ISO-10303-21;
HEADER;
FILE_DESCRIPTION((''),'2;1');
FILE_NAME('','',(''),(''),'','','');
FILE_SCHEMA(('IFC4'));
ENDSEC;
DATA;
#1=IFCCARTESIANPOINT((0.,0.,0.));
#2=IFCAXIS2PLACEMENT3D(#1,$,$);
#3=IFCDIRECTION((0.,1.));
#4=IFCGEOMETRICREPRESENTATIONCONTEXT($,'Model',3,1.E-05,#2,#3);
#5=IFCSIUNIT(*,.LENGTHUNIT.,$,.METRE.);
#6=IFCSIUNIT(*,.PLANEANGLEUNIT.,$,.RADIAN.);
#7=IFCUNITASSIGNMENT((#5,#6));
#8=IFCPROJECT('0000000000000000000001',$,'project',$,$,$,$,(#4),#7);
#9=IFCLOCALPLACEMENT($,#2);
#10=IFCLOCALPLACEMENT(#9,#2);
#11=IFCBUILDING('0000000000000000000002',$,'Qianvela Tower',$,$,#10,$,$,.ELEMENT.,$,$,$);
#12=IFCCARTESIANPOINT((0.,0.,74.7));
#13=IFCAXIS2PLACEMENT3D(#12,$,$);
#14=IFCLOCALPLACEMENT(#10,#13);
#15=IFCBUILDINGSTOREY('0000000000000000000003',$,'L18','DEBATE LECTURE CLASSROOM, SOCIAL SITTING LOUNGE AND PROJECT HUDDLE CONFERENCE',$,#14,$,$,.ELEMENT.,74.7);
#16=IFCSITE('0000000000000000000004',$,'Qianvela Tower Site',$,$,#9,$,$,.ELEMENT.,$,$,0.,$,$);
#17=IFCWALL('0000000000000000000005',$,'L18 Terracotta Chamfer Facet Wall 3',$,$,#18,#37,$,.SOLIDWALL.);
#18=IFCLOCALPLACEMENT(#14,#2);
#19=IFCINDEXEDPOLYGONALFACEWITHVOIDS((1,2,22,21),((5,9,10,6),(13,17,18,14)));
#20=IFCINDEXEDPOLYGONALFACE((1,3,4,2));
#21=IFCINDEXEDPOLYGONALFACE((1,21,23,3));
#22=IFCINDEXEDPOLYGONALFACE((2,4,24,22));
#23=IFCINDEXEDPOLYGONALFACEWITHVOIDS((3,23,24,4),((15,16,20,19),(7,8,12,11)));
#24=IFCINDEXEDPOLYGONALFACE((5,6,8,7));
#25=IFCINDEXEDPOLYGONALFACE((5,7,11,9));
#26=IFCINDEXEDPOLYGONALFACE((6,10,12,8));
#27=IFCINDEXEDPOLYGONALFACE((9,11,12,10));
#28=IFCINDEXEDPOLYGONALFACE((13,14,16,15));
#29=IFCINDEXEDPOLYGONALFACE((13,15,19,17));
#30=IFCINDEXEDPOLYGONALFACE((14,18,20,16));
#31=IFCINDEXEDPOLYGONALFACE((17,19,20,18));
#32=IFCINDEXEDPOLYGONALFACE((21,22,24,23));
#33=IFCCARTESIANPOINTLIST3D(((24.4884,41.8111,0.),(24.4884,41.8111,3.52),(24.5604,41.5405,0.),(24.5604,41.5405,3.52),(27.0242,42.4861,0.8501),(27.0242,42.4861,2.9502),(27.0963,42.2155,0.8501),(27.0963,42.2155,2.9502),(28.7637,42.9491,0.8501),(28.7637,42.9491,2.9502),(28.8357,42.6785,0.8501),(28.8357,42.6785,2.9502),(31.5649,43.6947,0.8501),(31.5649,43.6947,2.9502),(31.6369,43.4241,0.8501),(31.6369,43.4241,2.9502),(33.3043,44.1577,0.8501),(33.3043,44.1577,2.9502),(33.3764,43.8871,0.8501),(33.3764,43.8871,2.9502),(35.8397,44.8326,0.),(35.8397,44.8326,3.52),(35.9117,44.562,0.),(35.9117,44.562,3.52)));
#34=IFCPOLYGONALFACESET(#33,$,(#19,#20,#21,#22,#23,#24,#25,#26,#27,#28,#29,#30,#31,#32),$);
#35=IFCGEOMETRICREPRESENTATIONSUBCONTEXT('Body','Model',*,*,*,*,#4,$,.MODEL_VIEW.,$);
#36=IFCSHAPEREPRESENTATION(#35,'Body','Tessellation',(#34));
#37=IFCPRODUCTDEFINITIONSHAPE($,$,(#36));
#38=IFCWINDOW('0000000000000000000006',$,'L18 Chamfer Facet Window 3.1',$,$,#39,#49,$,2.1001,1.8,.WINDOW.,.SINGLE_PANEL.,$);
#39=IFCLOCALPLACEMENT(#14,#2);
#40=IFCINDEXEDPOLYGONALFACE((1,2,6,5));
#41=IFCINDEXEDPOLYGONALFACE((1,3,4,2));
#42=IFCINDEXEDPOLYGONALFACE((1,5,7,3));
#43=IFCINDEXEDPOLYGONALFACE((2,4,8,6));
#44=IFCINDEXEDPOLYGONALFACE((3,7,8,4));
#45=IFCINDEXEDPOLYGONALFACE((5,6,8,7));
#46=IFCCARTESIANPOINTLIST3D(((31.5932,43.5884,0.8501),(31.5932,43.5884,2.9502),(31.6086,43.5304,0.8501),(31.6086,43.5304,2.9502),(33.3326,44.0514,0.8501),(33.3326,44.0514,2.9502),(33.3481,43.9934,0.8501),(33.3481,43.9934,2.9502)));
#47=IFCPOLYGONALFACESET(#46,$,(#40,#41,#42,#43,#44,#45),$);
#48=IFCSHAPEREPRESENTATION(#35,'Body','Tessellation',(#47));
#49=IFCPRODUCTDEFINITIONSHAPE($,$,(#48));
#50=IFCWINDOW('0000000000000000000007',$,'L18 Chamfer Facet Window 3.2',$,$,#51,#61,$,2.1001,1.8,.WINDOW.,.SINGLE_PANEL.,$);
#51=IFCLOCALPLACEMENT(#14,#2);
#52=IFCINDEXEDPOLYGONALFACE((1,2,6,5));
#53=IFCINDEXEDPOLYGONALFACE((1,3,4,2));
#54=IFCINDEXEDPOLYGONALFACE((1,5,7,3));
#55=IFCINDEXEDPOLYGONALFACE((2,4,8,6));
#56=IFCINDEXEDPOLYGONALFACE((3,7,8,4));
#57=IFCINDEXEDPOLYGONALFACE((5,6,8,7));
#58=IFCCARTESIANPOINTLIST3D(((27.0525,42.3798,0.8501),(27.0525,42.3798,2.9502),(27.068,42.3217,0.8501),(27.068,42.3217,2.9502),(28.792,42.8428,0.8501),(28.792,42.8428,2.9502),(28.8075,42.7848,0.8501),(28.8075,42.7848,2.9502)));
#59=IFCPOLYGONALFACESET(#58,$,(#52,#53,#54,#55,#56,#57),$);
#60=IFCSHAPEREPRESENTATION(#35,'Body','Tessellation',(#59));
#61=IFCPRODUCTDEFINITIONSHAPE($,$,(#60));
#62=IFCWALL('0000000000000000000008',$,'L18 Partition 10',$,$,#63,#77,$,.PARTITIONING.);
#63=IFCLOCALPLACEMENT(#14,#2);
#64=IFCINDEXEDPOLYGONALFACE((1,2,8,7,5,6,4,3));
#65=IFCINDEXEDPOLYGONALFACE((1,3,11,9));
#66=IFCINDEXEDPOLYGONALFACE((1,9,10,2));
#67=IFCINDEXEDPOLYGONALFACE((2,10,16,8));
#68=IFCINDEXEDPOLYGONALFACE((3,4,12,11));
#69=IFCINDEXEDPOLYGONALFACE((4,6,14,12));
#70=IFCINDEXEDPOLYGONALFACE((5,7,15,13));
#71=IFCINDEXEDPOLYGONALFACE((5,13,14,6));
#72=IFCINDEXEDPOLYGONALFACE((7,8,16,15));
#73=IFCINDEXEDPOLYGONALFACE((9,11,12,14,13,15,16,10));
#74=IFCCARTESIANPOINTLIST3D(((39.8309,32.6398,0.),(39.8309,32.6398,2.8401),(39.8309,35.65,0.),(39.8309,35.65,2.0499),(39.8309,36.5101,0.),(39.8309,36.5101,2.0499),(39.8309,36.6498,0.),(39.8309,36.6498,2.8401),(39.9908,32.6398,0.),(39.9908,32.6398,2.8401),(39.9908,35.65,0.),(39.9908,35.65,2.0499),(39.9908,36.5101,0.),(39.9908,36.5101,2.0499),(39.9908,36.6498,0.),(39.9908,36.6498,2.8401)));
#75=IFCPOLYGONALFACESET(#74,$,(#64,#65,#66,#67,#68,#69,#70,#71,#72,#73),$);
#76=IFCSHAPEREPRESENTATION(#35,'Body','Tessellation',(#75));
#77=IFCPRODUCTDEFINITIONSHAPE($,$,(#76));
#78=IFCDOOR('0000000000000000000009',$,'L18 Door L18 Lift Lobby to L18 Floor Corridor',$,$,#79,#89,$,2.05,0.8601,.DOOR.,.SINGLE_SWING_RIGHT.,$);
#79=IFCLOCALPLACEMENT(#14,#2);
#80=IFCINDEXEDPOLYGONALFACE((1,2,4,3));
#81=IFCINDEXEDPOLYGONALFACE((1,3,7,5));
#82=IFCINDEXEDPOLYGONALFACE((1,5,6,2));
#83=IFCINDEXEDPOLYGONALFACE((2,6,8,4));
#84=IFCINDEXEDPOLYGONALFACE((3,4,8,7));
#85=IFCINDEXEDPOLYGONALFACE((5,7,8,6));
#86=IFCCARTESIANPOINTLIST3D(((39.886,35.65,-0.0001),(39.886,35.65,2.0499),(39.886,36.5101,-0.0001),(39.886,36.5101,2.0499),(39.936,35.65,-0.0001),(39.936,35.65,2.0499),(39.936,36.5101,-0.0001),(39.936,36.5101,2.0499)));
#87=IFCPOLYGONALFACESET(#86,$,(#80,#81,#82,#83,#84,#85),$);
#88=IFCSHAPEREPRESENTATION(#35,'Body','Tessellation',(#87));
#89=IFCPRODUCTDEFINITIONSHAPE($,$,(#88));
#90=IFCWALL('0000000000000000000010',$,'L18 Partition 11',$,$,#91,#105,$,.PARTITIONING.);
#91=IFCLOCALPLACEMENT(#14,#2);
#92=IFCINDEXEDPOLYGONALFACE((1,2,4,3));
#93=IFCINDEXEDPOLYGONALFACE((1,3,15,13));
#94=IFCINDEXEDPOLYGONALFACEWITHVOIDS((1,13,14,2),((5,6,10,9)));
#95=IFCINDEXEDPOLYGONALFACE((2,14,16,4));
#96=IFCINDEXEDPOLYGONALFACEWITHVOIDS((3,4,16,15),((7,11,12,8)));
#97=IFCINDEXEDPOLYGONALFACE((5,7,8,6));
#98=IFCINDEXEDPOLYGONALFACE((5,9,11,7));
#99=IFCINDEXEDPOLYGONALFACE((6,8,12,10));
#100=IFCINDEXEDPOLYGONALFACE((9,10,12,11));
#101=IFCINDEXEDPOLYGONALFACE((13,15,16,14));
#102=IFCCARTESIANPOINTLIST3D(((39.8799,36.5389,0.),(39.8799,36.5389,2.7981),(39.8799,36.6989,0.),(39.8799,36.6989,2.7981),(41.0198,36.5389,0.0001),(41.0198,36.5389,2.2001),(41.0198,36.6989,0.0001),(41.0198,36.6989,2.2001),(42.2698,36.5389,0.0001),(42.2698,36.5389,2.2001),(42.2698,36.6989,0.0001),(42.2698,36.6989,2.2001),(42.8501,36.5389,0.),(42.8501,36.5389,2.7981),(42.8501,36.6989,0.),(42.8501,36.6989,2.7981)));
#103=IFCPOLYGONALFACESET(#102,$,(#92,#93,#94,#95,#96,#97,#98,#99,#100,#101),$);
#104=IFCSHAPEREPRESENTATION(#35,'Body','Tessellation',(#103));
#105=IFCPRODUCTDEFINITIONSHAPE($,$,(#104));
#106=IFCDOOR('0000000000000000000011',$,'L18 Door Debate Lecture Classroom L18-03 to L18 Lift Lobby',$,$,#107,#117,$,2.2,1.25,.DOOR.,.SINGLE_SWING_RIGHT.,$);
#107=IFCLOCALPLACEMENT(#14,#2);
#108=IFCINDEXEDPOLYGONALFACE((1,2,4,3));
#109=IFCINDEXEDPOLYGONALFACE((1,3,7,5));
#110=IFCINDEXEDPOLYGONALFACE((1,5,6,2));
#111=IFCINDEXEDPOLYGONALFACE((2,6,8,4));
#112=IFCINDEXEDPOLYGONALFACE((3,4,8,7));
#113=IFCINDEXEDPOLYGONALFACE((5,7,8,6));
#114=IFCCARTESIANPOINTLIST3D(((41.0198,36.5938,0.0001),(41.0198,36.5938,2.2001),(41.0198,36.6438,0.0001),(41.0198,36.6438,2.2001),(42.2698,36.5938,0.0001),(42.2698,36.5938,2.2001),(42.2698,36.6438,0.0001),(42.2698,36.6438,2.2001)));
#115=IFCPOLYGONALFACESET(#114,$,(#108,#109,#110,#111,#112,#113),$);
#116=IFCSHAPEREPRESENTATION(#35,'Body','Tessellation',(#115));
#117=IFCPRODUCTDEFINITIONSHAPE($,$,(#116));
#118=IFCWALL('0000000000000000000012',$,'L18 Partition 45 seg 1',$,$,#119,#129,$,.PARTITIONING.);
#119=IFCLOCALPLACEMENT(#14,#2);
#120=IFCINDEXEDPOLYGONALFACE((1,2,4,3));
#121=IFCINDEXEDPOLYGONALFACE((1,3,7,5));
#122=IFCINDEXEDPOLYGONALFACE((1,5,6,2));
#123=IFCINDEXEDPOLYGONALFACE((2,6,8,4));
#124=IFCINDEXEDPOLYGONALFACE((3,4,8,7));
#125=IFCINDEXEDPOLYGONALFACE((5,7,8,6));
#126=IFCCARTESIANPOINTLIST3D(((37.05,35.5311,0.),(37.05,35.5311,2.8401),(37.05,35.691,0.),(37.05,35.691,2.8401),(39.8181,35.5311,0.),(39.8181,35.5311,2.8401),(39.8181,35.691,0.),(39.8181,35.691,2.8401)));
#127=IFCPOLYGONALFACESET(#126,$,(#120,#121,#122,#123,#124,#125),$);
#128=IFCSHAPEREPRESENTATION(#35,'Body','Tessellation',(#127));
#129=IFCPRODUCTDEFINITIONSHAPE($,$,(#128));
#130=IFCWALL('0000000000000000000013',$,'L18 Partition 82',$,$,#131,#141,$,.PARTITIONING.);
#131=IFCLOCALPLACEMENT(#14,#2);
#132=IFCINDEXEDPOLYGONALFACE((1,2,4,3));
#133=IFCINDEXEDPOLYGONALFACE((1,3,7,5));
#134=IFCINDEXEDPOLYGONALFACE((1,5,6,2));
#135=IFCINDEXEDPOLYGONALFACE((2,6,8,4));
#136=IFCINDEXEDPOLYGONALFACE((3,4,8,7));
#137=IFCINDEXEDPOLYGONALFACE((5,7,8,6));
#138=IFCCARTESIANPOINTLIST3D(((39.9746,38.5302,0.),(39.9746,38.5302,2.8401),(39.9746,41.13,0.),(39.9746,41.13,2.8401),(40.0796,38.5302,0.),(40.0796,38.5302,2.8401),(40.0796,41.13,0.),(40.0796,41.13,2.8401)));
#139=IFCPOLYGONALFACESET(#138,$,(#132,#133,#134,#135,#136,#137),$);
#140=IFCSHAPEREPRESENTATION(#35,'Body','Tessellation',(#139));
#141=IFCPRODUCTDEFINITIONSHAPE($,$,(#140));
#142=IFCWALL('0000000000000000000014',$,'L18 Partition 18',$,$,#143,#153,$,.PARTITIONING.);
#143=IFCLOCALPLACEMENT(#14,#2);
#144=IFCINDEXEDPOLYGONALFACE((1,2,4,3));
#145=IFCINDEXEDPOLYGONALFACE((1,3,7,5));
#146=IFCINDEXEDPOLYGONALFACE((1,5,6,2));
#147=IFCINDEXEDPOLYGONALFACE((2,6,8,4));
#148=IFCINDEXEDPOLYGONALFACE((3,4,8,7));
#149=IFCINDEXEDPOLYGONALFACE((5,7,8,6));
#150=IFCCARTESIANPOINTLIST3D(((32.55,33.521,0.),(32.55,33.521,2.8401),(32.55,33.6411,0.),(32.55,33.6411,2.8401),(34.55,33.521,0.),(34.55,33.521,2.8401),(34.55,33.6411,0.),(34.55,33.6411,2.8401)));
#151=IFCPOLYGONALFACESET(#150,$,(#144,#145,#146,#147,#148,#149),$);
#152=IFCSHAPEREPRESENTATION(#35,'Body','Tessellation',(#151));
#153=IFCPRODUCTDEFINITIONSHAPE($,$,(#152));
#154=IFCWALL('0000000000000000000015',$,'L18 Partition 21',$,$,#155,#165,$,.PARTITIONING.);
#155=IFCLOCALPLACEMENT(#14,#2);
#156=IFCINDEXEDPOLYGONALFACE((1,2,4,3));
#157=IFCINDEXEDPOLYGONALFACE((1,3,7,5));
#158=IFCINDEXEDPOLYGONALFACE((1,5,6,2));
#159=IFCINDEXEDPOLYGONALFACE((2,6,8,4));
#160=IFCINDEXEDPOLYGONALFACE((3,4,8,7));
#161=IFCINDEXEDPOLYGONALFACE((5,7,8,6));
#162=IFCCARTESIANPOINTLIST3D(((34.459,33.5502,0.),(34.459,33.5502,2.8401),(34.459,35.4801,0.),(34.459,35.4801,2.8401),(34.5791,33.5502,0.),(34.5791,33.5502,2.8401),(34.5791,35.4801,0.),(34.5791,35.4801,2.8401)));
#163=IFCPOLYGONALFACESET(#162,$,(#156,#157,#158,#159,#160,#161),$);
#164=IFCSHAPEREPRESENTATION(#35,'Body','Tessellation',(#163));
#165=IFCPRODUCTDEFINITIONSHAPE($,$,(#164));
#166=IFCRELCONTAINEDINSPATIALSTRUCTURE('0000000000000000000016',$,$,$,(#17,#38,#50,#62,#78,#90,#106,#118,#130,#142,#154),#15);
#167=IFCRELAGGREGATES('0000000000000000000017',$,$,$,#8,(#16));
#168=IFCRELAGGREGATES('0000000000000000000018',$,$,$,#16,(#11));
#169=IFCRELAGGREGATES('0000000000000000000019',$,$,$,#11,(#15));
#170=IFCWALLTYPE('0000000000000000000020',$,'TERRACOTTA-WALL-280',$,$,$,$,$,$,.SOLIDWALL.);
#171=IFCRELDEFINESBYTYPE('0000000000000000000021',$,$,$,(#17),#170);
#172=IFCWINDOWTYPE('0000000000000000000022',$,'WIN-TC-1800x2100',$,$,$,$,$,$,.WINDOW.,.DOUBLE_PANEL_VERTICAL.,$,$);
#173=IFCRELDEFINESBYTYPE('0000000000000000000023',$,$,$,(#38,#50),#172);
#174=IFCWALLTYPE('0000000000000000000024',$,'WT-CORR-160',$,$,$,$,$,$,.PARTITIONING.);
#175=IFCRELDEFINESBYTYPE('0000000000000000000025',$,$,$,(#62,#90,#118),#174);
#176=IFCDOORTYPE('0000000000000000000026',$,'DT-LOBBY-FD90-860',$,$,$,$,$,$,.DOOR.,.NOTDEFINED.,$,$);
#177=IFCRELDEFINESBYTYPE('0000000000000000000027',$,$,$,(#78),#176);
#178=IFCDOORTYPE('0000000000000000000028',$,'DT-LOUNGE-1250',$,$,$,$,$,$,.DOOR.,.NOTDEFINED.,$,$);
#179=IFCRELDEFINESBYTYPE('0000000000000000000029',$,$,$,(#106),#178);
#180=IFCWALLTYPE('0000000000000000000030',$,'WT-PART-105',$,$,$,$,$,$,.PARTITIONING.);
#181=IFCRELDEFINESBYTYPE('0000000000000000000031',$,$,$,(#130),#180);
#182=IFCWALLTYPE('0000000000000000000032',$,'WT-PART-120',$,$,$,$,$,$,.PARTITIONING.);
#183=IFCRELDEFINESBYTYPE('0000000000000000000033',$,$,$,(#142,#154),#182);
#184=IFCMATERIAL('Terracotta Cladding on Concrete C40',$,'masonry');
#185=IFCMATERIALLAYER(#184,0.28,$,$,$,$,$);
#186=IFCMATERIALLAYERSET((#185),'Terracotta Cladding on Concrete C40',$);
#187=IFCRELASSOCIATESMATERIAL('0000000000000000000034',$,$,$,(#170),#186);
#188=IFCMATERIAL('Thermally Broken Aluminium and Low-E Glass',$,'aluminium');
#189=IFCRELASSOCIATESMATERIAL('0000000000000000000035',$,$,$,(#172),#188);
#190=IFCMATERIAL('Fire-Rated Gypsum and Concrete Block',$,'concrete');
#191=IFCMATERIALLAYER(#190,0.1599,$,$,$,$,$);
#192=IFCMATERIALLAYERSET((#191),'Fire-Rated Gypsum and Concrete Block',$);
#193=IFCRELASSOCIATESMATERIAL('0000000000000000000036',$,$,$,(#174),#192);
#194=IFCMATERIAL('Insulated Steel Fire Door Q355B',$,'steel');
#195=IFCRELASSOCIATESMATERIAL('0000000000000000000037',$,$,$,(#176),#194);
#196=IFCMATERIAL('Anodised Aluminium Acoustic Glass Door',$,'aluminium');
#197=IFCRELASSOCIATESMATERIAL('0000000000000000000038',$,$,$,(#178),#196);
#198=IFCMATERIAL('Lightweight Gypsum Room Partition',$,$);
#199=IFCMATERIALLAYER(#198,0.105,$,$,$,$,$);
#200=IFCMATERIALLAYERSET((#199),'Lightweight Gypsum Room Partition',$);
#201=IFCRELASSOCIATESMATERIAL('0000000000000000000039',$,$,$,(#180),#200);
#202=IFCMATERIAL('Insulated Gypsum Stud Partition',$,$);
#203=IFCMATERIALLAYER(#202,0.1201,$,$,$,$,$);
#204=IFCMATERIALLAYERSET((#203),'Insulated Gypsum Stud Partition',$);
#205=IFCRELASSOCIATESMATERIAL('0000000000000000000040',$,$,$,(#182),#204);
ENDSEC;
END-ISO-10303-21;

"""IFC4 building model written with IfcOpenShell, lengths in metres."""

from ifc_helpers import new_model, si_unit, direction, frame, frame_2d, origin, place, context, subcontext, project, spatial, rectangle, extrude, material, layer, layer_set, type_object, element, fill, save


model = new_model("IFC4")

# Units and contexts
model_context = context("Model", 3, precision=1e-05, world=origin(), true_north=direction((0.0, 1.0)))
body_context = subcontext(model_context, "Body", "Model", "MODEL_VIEW")
ifc_project = project(units=[si_unit("LENGTHUNIT", "METRE"), si_unit("PLANEANGLEUNIT", "RADIAN")], contexts=[model_context])

# Site, building, storey
site_placement = place(None, origin())
site = spatial("IfcSite", under=ifc_project, at=site_placement, Name="Qianvela Tower Site", CompositionType="ELEMENT", RefElevation=0.0)
building_placement = place(site_placement, origin())
building = spatial("IfcBuilding", under=site, at=building_placement, Name="Qianvela Tower", CompositionType="ELEMENT")
storey_placement = place(building_placement, frame((0.0, 0.0, 74.7)))
storey = spatial("IfcBuildingStorey", under=building, at=storey_placement, Name="L18", Description="DEBATE LECTURE CLASSROOM, SOCIAL SITTING LOUNGE AND PROJECT HUDDLE CONFERENCE", CompositionType="ELEMENT", Elevation=74.7)

# Wall, openings, windows
ifc_material_1 = material(Name="Terracotta Cladding on Concrete C40", Category="masonry")
ifc_layer_1 = layer(ifc_material_1, 0.28)
ifc_layer_set_1 = layer_set([ifc_layer_1], Name="Terracotta Cladding on Concrete C40")
wall_type_1 = type_object("IfcWallType", Name="TERRACOTTA-WALL-280", PredefinedType="SOLIDWALL", material=ifc_layer_set_1)
wall_1_placement = place(storey_placement, frame((35.8757, 44.6973, 0.0), z_axis=(0.0, 0.0, 1.0), x_axis=(-0.966352, -0.257223, 0.0)))
wall_1 = element("IfcWall", 1, at=wall_1_placement, inside=storey, type_object=wall_type_1, Name="L18 Terracotta Chamfer Facet Wall 3", PredefinedType="SOLIDWALL", context=body_context, shape_type="SweptSolid", body=[
    extrude(rectangle(XDim=11.7466, YDim=0.28, at=frame_2d((5.8733, 0.0))), origin(), (0.0, 0.0, 1.0), 3.52),
])
opening_1_placement = place(wall_1_placement, frame((2.6238, 0.0, 0.8501)))
opening_1 = element("IfcOpeningElement", 2, at=opening_1_placement, cuts=wall_1, PredefinedType="OPENING", context=body_context, shape_type="SweptSolid", body=[
    extrude(rectangle(XDim=1.8, YDim=2.1001, at=frame_2d((0.8999, 1.05))), frame((0.0, 0.1499, 0.0), z_axis=(0.0, -1.0, 0.0), x_axis=(1.0, 0.0, 0.0)), (0.0, 0.0, 1.0), 0.3),
])
opening_2_placement = place(wall_1_placement, frame((7.3225, 0.0, 0.8501)))
opening_2 = element("IfcOpeningElement", 3, at=opening_2_placement, cuts=wall_1, PredefinedType="OPENING", context=body_context, shape_type="SweptSolid", body=[
    extrude(rectangle(XDim=1.8, YDim=2.1001, at=frame_2d((0.8999, 1.05))), frame((0.0, 0.1499, 0.0), z_axis=(0.0, -1.0, 0.0), x_axis=(1.0, 0.0, 0.0)), (0.0, 0.0, 1.0), 0.3),
])
ifc_material_2 = material(Name="Thermally Broken Aluminium and Low-E Glass", Category="aluminium")
window_type = type_object("IfcWindowType", Name="WIN-TC-1800x2100", PartitioningType="DOUBLE_PANEL_VERTICAL", PredefinedType="WINDOW", material=ifc_material_2)
window_1_placement = place(opening_1_placement, origin())
window_1 = element("IfcWindow", 4, at=window_1_placement, inside=storey, type_object=window_type, Name="L18 Chamfer Facet Window 3.1", OverallHeight=2.1001, OverallWidth=1.8, PartitioningType="SINGLE_PANEL", PredefinedType="WINDOW", context=body_context, shape_type="SweptSolid", body=[
    extrude(rectangle(XDim=1.8, YDim=2.1001, at=frame_2d((0.8999, 1.05))), frame((0.0, 0.03, 0.0), z_axis=(0.0, -1.0, 0.0), x_axis=(1.0, 0.0, 0.0)), (0.0, 0.0, 1.0), 0.0601),
])
fill(opening_1, window_1)
window_2_placement = place(opening_2_placement, origin())
window_2 = element("IfcWindow", 5, at=window_2_placement, inside=storey, type_object=window_type, Name="L18 Chamfer Facet Window 3.2", OverallHeight=2.1001, OverallWidth=1.8, PartitioningType="SINGLE_PANEL", PredefinedType="WINDOW", context=body_context, shape_type="SweptSolid", body=[
    extrude(rectangle(XDim=1.8, YDim=2.1001, at=frame_2d((0.8999, 1.05))), frame((0.0, 0.03, 0.0), z_axis=(0.0, -1.0, 0.0), x_axis=(1.0, 0.0, 0.0)), (0.0, 0.0, 1.0), 0.0601),
])
fill(opening_2, window_2)

# Walls, openings, doors
ifc_material_3 = material(Name="Fire-Rated Gypsum and Concrete Block", Category="concrete")
ifc_layer_2 = layer(ifc_material_3, 0.1599)
ifc_layer_set_2 = layer_set([ifc_layer_2], Name="Fire-Rated Gypsum and Concrete Block")
wall_type_2 = type_object("IfcWallType", Name="WT-CORR-160", PredefinedType="PARTITIONING", material=ifc_layer_set_2)
wall_2_placement = place(storey_placement, frame((39.9109, 32.6399, 0.0), z_axis=(0.0, 0.0, 1.0), x_axis=(0.0, 1.0, 0.0)))
wall_2 = element("IfcWall", 6, at=wall_2_placement, inside=storey, type_object=wall_type_2, Name="L18 Partition 10", PredefinedType="PARTITIONING", context=body_context, shape_type="SweptSolid", body=[
    extrude(rectangle(XDim=4.01, YDim=0.1599, at=frame_2d((2.0049, 0.0))), origin(), (0.0, 0.0, 1.0), 2.8401),
])
opening_3_placement = place(wall_2_placement, frame((3.01, 0.0, 0.0)))
opening_3 = element("IfcOpeningElement", 7, at=opening_3_placement, cuts=wall_2, PredefinedType="OPENING", context=body_context, shape_type="SweptSolid", body=[
    extrude(rectangle(XDim=0.8601, YDim=2.05, at=frame_2d((0.4302, 1.0249))), frame((0.0, 0.0898, 0.0), z_axis=(0.0, -1.0, 0.0), x_axis=(1.0, 0.0, 0.0)), (0.0, 0.0, 1.0), 0.1799),
])
ifc_material_4 = material(Name="Insulated Steel Fire Door Q355B", Category="steel")
door_type_1 = type_object("IfcDoorType", Name="DT-LOBBY-FD90-860", OperationType="NOTDEFINED", PredefinedType="DOOR", material=ifc_material_4)
door_1_placement = place(opening_3_placement, origin())
door_1 = element("IfcDoor", 8, at=door_1_placement, inside=storey, type_object=door_type_1, Name="L18 Door L18 Lift Lobby to L18 Floor Corridor", OperationType="SINGLE_SWING_RIGHT", OverallHeight=2.05, OverallWidth=0.8601, PredefinedType="DOOR", context=body_context, shape_type="SweptSolid", body=[
    extrude(rectangle(XDim=0.8601, YDim=2.05, at=frame_2d((0.4302, 1.0249))), frame((0.0, 0.0249, 0.0), z_axis=(0.0, -1.0, 0.0), x_axis=(1.0, 0.0, 0.0)), (0.0, 0.0, 1.0), 0.05),
])
fill(opening_3, door_1)
wall_3_placement = place(storey_placement, frame((39.8799, 36.6189, 0.0), z_axis=(0.0, 0.0, 1.0), x_axis=(1.0, 0.0, 0.0)))
wall_3 = element("IfcWall", 9, at=wall_3_placement, inside=storey, type_object=wall_type_2, Name="L18 Partition 11", PredefinedType="PARTITIONING", context=body_context, shape_type="SweptSolid", body=[
    extrude(rectangle(XDim=2.9702, YDim=0.1599, at=frame_2d((1.4851, 0.0))), origin(), (0.0, 0.0, 1.0), 2.7981),
])
opening_4_placement = place(wall_3_placement, frame((1.1399, 0.0, 0.0)))
opening_4 = element("IfcOpeningElement", 10, at=opening_4_placement, cuts=wall_3, PredefinedType="OPENING", context=body_context, shape_type="SweptSolid", body=[
    extrude(rectangle(XDim=1.25, YDim=2.2, at=frame_2d((0.625, 1.1001))), frame((0.0, 0.0898, 0.0), z_axis=(0.0, -1.0, 0.0), x_axis=(1.0, 0.0, 0.0)), (0.0, 0.0, 1.0), 0.1799),
])
ifc_material_5 = material(Name="Anodised Aluminium Acoustic Glass Door", Category="aluminium")
door_type_2 = type_object("IfcDoorType", Name="DT-LOUNGE-1250", OperationType="NOTDEFINED", PredefinedType="DOOR", material=ifc_material_5)
door_2_placement = place(opening_4_placement, origin())
door_2 = element("IfcDoor", 11, at=door_2_placement, inside=storey, type_object=door_type_2, Name="L18 Door Debate Lecture Classroom L18-03 to L18 Lift Lobby", OperationType="SINGLE_SWING_RIGHT", OverallHeight=2.2, OverallWidth=1.25, PredefinedType="DOOR", context=body_context, shape_type="SweptSolid", body=[
    extrude(rectangle(XDim=1.25, YDim=2.2, at=frame_2d((0.625, 1.1001))), frame((0.0, 0.0249, 0.0), z_axis=(0.0, -1.0, 0.0), x_axis=(1.0, 0.0, 0.0)), (0.0, 0.0, 1.0), 0.05),
])
fill(opening_4, door_2)

# Walls
wall_4_placement = place(storey_placement, frame((39.8181, 35.6111, 0.0), z_axis=(0.0, 0.0, 1.0), x_axis=(-1.0, 0.0, 0.0)))
element("IfcWall", 12, at=wall_4_placement, inside=storey, type_object=wall_type_2, Name="L18 Partition 45 seg 1", PredefinedType="PARTITIONING", context=body_context, shape_type="SweptSolid", body=[
    extrude(rectangle(XDim=2.7681, YDim=0.1599, at=frame_2d((1.384, 0.0))), origin(), (0.0, 0.0, 1.0), 2.8401),
])
ifc_material_6 = material(Name="Lightweight Gypsum Room Partition")
ifc_layer_3 = layer(ifc_material_6, 0.105)
ifc_layer_set_3 = layer_set([ifc_layer_3], Name="Lightweight Gypsum Room Partition")
wall_type_3 = type_object("IfcWallType", Name="WT-PART-105", PredefinedType="PARTITIONING", material=ifc_layer_set_3)
wall_5_placement = place(storey_placement, frame((40.0271, 41.1299, 0.0), z_axis=(0.0, 0.0, 1.0), x_axis=(0.0, -1.0, 0.0)))
element("IfcWall", 13, at=wall_5_placement, inside=storey, type_object=wall_type_3, Name="L18 Partition 82", PredefinedType="PARTITIONING", context=body_context, shape_type="SweptSolid", body=[
    extrude(rectangle(XDim=2.5999, YDim=0.105, at=frame_2d((1.2998, 0.0))), origin(), (0.0, 0.0, 1.0), 2.8401),
])
ifc_material_7 = material(Name="Insulated Gypsum Stud Partition")
ifc_layer_4 = layer(ifc_material_7, 0.1201)
ifc_layer_set_4 = layer_set([ifc_layer_4], Name="Insulated Gypsum Stud Partition")
wall_type_4 = type_object("IfcWallType", Name="WT-PART-120", PredefinedType="PARTITIONING", material=ifc_layer_set_4)
wall_6_placement = place(storey_placement, frame((34.55, 33.5811, 0.0), z_axis=(0.0, 0.0, 1.0), x_axis=(-1.0, 0.0, 0.0)))
element("IfcWall", 14, at=wall_6_placement, inside=storey, type_object=wall_type_4, Name="L18 Partition 18", PredefinedType="PARTITIONING", context=body_context, shape_type="SweptSolid", body=[
    extrude(rectangle(XDim=2.0, YDim=0.1201, at=frame_2d((1.0, 0.0))), origin(), (0.0, 0.0, 1.0), 2.8401),
])
wall_7_placement = place(storey_placement, frame((34.519, 35.48, 0.0), z_axis=(0.0, 0.0, 1.0), x_axis=(0.0, -1.0, 0.0)))
element("IfcWall", 15, at=wall_7_placement, inside=storey, type_object=wall_type_4, Name="L18 Partition 21", PredefinedType="PARTITIONING", context=body_context, shape_type="SweptSolid", body=[
    extrude(rectangle(XDim=1.9299, YDim=0.1201, at=frame_2d((0.9648, 0.0))), origin(), (0.0, 0.0, 1.0), 2.8401),
])

save(model, "model.ifc")
